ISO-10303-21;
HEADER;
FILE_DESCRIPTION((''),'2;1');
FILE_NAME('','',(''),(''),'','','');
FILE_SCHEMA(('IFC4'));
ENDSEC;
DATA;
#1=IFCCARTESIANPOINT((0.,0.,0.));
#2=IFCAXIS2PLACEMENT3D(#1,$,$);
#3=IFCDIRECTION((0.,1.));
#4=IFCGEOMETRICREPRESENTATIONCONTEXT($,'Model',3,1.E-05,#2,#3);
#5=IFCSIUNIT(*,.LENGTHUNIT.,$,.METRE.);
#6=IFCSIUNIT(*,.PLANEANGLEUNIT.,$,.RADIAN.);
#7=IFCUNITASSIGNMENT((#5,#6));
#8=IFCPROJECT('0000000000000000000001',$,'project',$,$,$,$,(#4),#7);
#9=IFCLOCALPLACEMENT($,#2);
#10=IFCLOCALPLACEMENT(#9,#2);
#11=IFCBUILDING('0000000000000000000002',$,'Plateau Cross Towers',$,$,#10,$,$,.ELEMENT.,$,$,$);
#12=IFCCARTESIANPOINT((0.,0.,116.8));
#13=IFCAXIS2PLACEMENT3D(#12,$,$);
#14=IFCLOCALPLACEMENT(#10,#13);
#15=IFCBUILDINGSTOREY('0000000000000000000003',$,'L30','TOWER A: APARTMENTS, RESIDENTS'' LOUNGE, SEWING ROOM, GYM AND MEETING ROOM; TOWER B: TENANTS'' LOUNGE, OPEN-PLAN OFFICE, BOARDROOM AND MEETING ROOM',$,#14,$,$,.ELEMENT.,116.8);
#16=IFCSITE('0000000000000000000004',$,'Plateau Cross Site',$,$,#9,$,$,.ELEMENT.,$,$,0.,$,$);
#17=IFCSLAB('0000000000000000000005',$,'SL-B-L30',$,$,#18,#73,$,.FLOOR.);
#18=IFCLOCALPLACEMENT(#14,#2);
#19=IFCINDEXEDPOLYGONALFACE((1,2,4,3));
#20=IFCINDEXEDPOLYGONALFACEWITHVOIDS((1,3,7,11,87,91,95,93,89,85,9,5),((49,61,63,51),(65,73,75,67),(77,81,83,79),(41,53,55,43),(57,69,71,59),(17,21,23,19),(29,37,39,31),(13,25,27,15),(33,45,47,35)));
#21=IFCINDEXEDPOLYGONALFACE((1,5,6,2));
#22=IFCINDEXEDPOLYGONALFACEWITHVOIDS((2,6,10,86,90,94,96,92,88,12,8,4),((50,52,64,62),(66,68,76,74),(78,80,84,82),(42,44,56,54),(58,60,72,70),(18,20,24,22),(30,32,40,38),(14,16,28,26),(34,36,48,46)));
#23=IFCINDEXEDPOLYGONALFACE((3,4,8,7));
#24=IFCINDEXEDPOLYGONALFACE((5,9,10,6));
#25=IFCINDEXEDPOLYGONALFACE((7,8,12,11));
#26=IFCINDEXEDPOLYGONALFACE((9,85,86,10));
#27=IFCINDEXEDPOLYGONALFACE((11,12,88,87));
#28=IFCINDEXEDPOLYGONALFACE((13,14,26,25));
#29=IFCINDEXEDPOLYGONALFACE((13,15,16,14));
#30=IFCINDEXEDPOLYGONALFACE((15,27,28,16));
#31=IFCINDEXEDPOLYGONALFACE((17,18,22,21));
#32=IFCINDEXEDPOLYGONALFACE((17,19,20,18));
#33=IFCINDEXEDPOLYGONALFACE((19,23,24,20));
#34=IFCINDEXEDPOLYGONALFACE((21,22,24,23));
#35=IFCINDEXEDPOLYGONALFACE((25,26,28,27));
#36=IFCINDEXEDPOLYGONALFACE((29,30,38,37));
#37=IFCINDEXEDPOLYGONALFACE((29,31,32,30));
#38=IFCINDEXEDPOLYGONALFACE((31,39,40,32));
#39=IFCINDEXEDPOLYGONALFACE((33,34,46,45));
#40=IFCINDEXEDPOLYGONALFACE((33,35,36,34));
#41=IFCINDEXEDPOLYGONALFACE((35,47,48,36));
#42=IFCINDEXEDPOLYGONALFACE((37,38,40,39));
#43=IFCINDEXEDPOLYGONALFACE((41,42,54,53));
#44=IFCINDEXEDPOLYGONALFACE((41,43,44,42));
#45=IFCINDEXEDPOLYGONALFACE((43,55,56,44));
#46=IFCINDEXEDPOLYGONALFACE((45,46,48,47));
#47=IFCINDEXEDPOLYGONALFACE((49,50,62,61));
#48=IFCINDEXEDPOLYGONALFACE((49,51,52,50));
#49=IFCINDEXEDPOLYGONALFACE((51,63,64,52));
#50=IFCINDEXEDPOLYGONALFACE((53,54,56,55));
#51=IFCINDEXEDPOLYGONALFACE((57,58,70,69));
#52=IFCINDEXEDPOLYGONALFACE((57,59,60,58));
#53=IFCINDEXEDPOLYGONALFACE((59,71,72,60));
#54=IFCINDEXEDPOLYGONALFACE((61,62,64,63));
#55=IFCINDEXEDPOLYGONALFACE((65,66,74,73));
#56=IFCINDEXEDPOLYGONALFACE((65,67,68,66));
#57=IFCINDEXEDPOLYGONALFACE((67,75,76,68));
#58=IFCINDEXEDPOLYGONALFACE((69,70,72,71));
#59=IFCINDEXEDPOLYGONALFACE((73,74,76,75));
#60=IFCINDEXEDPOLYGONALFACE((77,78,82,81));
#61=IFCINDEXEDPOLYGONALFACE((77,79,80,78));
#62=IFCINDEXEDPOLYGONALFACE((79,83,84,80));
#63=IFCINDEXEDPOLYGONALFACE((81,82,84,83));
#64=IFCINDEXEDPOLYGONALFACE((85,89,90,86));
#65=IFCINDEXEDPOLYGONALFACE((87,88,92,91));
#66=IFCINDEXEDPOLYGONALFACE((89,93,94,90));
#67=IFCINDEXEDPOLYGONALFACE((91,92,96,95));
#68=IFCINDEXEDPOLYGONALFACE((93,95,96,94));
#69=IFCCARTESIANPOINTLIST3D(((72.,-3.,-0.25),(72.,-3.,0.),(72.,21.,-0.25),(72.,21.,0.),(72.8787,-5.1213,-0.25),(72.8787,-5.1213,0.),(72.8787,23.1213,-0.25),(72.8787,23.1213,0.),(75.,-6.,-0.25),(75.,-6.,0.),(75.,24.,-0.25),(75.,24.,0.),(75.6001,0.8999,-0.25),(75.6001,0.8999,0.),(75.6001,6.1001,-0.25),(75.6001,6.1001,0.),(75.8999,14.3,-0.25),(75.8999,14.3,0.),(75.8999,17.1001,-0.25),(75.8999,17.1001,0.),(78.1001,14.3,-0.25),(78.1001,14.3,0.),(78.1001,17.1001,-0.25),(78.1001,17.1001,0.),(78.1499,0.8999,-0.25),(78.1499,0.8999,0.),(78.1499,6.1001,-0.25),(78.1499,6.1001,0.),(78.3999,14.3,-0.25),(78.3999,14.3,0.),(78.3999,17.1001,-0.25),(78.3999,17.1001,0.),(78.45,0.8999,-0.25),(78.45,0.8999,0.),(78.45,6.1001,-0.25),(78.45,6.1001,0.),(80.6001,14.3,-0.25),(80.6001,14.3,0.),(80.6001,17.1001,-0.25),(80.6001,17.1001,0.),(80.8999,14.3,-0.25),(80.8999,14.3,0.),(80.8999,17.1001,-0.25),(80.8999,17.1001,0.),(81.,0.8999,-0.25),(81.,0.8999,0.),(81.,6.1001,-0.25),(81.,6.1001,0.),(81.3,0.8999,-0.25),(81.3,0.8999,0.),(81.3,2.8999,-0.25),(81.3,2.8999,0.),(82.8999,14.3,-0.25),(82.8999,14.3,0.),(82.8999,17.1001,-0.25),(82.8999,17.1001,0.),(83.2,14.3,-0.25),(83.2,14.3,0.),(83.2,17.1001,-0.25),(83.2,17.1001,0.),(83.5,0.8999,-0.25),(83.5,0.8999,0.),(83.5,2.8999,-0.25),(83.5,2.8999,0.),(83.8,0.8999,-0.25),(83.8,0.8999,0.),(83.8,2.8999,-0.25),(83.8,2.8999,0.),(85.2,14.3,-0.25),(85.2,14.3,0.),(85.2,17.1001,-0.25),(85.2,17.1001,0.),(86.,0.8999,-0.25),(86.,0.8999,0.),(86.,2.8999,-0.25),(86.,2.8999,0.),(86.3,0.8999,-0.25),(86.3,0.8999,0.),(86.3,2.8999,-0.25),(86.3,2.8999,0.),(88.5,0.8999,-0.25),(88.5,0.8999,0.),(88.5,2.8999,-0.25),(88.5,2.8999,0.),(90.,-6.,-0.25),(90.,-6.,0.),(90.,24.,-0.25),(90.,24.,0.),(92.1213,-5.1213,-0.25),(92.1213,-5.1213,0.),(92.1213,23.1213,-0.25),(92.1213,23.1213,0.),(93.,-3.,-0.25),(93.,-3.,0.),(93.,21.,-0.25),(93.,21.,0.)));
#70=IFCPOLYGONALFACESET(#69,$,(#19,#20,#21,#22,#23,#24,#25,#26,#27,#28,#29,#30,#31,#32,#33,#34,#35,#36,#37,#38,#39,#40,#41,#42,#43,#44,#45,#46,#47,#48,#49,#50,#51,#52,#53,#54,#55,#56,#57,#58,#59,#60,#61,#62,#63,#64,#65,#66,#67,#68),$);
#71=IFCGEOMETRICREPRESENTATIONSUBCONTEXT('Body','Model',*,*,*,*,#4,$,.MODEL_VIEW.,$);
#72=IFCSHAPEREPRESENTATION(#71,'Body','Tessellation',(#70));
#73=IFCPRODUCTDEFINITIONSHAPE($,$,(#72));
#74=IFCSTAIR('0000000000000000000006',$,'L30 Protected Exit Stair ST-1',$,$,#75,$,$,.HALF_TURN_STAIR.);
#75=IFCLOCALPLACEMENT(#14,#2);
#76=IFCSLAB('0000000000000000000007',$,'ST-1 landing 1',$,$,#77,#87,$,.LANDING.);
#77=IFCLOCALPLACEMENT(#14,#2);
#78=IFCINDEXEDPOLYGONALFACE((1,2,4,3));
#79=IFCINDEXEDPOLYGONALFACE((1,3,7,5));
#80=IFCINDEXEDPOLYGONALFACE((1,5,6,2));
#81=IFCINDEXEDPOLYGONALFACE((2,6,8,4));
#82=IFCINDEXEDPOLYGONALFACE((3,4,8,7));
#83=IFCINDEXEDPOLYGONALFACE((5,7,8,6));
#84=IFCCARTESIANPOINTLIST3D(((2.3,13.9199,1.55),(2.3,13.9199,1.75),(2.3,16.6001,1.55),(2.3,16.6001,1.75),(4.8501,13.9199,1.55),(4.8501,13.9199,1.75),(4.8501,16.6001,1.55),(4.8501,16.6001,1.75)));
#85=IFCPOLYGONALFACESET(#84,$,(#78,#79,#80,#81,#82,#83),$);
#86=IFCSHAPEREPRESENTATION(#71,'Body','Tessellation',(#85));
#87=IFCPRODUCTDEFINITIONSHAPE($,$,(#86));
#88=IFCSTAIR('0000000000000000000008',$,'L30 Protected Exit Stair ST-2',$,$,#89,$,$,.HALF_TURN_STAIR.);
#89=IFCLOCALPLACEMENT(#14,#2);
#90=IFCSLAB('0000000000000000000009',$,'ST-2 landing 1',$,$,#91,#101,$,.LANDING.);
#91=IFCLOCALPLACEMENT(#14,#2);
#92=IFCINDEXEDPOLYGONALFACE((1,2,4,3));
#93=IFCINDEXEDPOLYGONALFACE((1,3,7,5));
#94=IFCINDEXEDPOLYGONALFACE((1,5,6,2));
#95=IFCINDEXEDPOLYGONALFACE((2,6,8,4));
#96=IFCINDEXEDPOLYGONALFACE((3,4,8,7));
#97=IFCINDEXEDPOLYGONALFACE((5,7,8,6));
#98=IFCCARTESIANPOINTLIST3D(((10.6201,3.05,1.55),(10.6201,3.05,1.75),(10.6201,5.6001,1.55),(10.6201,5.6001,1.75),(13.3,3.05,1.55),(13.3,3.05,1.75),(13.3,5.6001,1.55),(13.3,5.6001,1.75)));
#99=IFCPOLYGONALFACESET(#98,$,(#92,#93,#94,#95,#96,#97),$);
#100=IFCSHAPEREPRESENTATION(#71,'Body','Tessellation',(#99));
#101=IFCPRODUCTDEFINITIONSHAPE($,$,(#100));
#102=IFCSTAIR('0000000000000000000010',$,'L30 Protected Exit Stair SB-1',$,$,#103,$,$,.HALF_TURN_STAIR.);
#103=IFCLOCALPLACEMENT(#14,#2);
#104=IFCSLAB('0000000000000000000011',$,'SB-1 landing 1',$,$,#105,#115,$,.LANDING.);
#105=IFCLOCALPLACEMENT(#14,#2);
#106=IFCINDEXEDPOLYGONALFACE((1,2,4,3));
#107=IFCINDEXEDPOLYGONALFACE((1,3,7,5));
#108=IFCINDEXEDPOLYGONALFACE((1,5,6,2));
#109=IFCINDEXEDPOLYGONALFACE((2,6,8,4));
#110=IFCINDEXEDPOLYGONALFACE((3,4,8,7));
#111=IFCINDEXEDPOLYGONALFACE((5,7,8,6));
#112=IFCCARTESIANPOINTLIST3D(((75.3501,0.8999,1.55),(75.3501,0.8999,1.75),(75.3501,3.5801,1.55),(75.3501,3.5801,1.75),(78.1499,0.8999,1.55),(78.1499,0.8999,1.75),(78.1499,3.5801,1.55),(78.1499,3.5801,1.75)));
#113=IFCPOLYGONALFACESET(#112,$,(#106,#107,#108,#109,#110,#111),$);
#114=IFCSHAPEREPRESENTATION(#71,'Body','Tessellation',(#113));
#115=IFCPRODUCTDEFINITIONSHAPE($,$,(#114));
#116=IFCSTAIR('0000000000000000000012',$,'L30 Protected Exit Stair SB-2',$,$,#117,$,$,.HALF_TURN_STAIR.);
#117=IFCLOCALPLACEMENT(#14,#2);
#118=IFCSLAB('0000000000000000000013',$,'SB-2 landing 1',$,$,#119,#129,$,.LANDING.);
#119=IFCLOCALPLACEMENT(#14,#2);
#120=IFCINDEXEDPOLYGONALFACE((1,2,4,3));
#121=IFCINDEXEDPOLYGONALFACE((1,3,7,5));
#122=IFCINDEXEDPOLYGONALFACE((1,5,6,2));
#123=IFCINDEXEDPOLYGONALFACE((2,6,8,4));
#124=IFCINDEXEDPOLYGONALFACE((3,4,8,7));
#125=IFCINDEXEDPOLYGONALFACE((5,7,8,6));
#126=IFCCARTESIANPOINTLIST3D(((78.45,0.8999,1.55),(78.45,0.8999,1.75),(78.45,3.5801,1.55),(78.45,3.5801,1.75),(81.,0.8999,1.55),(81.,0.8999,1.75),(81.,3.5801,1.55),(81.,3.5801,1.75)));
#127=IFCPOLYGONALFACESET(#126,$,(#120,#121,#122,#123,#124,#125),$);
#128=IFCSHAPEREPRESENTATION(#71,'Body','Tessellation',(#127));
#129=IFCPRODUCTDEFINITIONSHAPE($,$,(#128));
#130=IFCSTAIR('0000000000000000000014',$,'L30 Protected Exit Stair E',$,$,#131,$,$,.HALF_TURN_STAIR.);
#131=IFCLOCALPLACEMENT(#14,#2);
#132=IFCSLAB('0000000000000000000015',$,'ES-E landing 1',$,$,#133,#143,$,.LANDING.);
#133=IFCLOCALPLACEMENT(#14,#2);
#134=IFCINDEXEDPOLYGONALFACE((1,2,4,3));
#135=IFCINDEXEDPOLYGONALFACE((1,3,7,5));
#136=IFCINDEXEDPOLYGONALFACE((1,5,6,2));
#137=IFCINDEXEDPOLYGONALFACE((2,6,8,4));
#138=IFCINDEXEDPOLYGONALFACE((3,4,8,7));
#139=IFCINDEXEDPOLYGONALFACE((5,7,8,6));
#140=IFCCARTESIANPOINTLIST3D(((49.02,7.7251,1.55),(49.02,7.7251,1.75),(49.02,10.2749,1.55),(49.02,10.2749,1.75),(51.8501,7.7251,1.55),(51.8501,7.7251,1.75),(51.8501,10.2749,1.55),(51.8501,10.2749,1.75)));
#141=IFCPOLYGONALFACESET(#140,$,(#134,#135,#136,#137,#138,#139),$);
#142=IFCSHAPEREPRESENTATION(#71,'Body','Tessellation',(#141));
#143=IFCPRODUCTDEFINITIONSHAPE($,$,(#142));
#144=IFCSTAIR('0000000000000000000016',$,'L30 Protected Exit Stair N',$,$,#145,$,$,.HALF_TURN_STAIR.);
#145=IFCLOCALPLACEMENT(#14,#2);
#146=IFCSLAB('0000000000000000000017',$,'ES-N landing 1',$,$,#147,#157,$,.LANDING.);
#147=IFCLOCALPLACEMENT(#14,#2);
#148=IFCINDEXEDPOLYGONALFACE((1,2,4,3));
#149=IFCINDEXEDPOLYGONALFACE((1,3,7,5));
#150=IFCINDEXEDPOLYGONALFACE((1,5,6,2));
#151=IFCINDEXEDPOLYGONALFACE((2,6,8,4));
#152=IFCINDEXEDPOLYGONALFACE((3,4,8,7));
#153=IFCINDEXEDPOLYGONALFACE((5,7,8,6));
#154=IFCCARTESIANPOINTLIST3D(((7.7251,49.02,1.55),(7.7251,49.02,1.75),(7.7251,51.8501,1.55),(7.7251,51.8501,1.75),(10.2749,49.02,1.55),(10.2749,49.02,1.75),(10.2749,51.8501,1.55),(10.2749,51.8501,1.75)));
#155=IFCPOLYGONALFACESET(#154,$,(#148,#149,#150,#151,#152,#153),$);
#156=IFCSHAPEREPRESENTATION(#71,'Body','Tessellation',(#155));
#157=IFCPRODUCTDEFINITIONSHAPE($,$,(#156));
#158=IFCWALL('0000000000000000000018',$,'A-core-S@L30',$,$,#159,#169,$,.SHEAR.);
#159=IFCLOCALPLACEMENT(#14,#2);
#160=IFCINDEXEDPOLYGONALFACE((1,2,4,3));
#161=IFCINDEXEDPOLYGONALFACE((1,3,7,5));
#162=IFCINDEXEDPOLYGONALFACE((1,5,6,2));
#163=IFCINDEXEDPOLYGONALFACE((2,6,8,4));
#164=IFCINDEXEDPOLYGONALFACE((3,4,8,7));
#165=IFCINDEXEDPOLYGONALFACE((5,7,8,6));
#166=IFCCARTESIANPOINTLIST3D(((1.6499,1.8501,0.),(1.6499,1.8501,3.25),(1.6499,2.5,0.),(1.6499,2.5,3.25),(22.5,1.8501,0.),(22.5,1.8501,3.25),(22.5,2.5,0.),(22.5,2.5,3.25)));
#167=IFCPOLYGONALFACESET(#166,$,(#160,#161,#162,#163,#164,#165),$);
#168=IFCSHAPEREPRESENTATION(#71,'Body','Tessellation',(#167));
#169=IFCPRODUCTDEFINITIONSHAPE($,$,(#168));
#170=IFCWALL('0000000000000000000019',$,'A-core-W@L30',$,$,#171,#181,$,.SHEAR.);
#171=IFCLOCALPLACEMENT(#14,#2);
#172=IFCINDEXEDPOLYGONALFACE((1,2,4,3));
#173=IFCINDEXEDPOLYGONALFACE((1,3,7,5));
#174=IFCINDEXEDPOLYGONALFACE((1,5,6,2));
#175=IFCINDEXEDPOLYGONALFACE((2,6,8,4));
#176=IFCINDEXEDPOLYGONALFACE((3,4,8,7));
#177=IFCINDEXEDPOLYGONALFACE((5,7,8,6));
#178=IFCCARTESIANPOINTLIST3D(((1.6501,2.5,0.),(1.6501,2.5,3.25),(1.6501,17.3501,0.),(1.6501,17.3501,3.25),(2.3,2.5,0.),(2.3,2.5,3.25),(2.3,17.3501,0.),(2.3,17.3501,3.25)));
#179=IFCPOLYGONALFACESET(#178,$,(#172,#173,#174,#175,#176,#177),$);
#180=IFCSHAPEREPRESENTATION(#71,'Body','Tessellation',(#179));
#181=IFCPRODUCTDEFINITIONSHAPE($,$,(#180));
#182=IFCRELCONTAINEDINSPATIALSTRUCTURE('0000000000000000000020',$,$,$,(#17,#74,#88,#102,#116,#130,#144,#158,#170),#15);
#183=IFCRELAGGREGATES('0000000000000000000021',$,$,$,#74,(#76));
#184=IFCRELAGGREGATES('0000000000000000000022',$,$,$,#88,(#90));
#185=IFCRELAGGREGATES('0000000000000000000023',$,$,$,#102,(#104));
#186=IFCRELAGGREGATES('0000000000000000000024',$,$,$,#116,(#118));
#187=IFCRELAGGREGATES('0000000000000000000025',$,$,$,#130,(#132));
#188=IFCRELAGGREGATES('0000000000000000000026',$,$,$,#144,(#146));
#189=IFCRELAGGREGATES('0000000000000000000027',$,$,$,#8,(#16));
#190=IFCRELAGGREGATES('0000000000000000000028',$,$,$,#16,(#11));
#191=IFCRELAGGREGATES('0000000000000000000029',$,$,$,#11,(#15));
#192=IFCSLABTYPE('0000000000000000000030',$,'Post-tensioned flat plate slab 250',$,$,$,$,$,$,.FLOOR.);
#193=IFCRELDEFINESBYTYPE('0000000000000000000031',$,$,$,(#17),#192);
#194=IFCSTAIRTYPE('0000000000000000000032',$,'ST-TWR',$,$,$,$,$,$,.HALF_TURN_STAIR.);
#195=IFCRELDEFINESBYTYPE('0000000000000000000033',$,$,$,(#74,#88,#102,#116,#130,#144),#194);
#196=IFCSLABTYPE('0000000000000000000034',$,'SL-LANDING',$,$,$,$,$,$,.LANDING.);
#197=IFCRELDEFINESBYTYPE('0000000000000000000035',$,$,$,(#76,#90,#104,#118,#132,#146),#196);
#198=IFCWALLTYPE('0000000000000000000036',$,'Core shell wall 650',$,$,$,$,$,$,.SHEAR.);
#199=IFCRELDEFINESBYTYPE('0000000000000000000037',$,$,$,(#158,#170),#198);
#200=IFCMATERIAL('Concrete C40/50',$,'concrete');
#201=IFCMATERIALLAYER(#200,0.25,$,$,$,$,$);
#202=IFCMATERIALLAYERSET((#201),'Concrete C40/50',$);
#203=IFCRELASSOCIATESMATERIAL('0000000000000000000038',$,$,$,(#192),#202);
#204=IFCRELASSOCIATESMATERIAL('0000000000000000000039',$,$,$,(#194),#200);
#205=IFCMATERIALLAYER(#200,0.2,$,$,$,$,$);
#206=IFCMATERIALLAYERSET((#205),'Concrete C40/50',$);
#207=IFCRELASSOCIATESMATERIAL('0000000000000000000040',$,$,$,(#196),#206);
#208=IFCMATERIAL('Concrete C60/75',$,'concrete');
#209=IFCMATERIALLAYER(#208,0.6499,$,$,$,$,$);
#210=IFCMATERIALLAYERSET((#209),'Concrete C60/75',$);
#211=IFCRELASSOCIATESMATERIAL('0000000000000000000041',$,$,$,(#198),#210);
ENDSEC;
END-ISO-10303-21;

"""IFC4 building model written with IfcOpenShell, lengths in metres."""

from ifc_helpers import new_model, si_unit, direction, frame, frame_2d, origin, place, context, subcontext, project, spatial, polyline, rectangle, outline, extrude, material, layer, layer_set, type_object, element, aggregate, save


model = new_model("IFC4")

# Units and contexts
model_context = context("Model", 3, precision=1e-05, world=origin(), true_north=direction((0.0, 1.0)))
body_context = subcontext(model_context, "Body", "Model", "MODEL_VIEW")
ifc_project = project(units=[si_unit("LENGTHUNIT", "METRE"), si_unit("PLANEANGLEUNIT", "RADIAN")], contexts=[model_context])

# Site, building, storey
site_placement = place(None, origin())
site = spatial("IfcSite", under=ifc_project, at=site_placement, Name="Plateau Cross Site", CompositionType="ELEMENT", RefElevation=0.0)
building_placement = place(site_placement, origin())
building = spatial("IfcBuilding", under=site, at=building_placement, Name="Plateau Cross Towers", CompositionType="ELEMENT")
storey_placement = place(building_placement, frame((0.0, 0.0, 116.8)))
storey = spatial("IfcBuildingStorey", under=building, at=storey_placement, Name="L30", Description="TOWER A: APARTMENTS, RESIDENTS' LOUNGE, SEWING ROOM, GYM AND MEETING ROOM; TOWER B: TENANTS' LOUNGE, OPEN-PLAN OFFICE, BOARDROOM AND MEETING ROOM", CompositionType="ELEMENT", Elevation=116.8)

# Shared definitions
ifc_material_1 = material(Name="Concrete C60/75", Category="concrete")

# Shared definitions
ifc_material_2 = material(Name="Concrete C40/50", Category="concrete")

# Slab
ifc_layer_1 = layer(ifc_material_2, 0.25)
ifc_layer_set_1 = layer_set([ifc_layer_1], Name="Concrete C40/50")
slab_type_1 = type_object("IfcSlabType", Name="Post-tensioned flat plate slab 250", PredefinedType="FLOOR", material=ifc_layer_set_1)
slab_1_placement = place(storey_placement, frame((0.0, 0.0, -0.25)))
element("IfcSlab", 1, at=slab_1_placement, inside=storey, type_object=slab_type_1, Name="SL-B-L30", PredefinedType="FLOOR", context=body_context, shape_type="SweptSolid", body=[
    extrude(outline(polyline([(72.8787, -5.1213), (72.0, -3.0), (72.0, 21.0), (72.8787, 23.1213), (75.0, 24.0), (90.0, 24.0), (92.1213, 23.1213), (93.0, 21.0), (93.0, -3.0), (92.1213, -5.1213), (90.0, -6.0), (75.0, -6.0), (72.8787, -5.1213)]), holes=[polyline([(75.6001, 0.8999), (78.1499, 0.8999), (78.1499, 6.1001), (75.6001, 6.1001), (75.6001, 0.8999)]), polyline([(78.1001, 14.3), (78.1001, 17.1001), (75.8999, 17.1001), (75.8999, 14.3), (78.1001, 14.3)]), polyline([(83.5, 0.8999), (83.5, 2.8999), (81.3, 2.8999), (81.3, 0.8999), (83.5, 0.8999)]), polyline([(86.0, 0.8999), (86.0, 2.8999), (83.8, 2.8999), (83.8, 0.8999), (86.0, 0.8999)]), polyline([(88.5, 0.8999), (88.5, 2.8999), (86.3, 2.8999), (86.3, 0.8999), (88.5, 0.8999)]), polyline([(78.45, 0.8999), (81.0, 0.8999), (81.0, 6.1001), (78.45, 6.1001), (78.45, 0.8999)]), polyline([(80.6001, 14.3), (80.6001, 17.1001), (78.3999, 17.1001), (78.3999, 14.3), (80.6001, 14.3)]), polyline([(80.8999, 14.3), (82.8999, 14.3), (82.8999, 17.1001), (80.8999, 17.1001), (80.8999, 14.3)]), polyline([(83.2, 14.3), (85.2, 14.3), (85.2, 17.1001), (83.2, 17.1001), (83.2, 14.3)])]), origin(), (0.0, 0.0, 1.0), 0.25),
])

# Stairs, slabs
stair_type = type_object("IfcStairType", Name="ST-TWR", PredefinedType="HALF_TURN_STAIR", material=ifc_material_2)
stair_1_placement = place(storey_placement, origin())
stair_1 = element("IfcStair", 2, at=stair_1_placement, inside=storey, type_object=stair_type, Name="L30 Protected Exit Stair ST-1", PredefinedType="HALF_TURN_STAIR")
ifc_layer_2 = layer(ifc_material_2, 0.2)
ifc_layer_set_2 = layer_set([ifc_layer_2], Name="Concrete C40/50")
slab_type_2 = type_object("IfcSlabType", Name="SL-LANDING", PredefinedType="LANDING", material=ifc_layer_set_2)
slab_2_placement = place(storey_placement, frame((0.0, 0.0, 1.55)))
slab_2 = element("IfcSlab", 3, at=slab_2_placement, type_object=slab_type_2, Name="ST-1 landing 1", PredefinedType="LANDING", context=body_context, shape_type="SweptSolid", body=[
    extrude(outline(polyline([(4.8501, 13.9199), (4.8501, 16.6001), (2.3, 16.6001), (2.3, 13.9199), (4.8501, 13.9199)])), origin(), (0.0, 0.0, 1.0), 0.2),
])
aggregate(stair_1, [slab_2])
stair_2_placement = place(storey_placement, origin())
stair_2 = element("IfcStair", 4, at=stair_2_placement, inside=storey, type_object=stair_type, Name="L30 Protected Exit Stair ST-2", PredefinedType="HALF_TURN_STAIR")
slab_3_placement = place(storey_placement, frame((0.0, 0.0, 1.55)))
slab_3 = element("IfcSlab", 5, at=slab_3_placement, type_object=slab_type_2, Name="ST-2 landing 1", PredefinedType="LANDING", context=body_context, shape_type="SweptSolid", body=[
    extrude(outline(polyline([(10.6201, 3.05), (13.3, 3.05), (13.3, 5.6001), (10.6201, 5.6001), (10.6201, 3.05)])), origin(), (0.0, 0.0, 1.0), 0.2),
])
aggregate(stair_2, [slab_3])
stair_3_placement = place(storey_placement, origin())
stair_3 = element("IfcStair", 6, at=stair_3_placement, inside=storey, type_object=stair_type, Name="L30 Protected Exit Stair SB-1", PredefinedType="HALF_TURN_STAIR")
slab_4_placement = place(storey_placement, frame((0.0, 0.0, 1.55)))
slab_4 = element("IfcSlab", 7, at=slab_4_placement, type_object=slab_type_2, Name="SB-1 landing 1", PredefinedType="LANDING", context=body_context, shape_type="SweptSolid", body=[
    extrude(outline(polyline([(75.3501, 3.5801), (75.3501, 0.8999), (78.1499, 0.8999), (78.1499, 3.5801), (75.3501, 3.5801)])), origin(), (0.0, 0.0, 1.0), 0.2),
])
aggregate(stair_3, [slab_4])
stair_4_placement = place(storey_placement, origin())
stair_4 = element("IfcStair", 8, at=stair_4_placement, inside=storey, type_object=stair_type, Name="L30 Protected Exit Stair SB-2", PredefinedType="HALF_TURN_STAIR")
slab_5_placement = place(storey_placement, frame((0.0, 0.0, 1.55)))
slab_5 = element("IfcSlab", 9, at=slab_5_placement, type_object=slab_type_2, Name="SB-2 landing 1", PredefinedType="LANDING", context=body_context, shape_type="SweptSolid", body=[
    extrude(outline(polyline([(78.45, 3.5801), (78.45, 0.8999), (81.0, 0.8999), (81.0, 3.5801), (78.45, 3.5801)])), origin(), (0.0, 0.0, 1.0), 0.2),
])
aggregate(stair_4, [slab_5])
stair_5_placement = place(storey_placement, origin())
stair_5 = element("IfcStair", 10, at=stair_5_placement, inside=storey, type_object=stair_type, Name="L30 Protected Exit Stair E", PredefinedType="HALF_TURN_STAIR")
slab_6_placement = place(storey_placement, frame((0.0, 0.0, 1.55)))
slab_6 = element("IfcSlab", 11, at=slab_6_placement, type_object=slab_type_2, Name="ES-E landing 1", PredefinedType="LANDING", context=body_context, shape_type="SweptSolid", body=[
    extrude(outline(polyline([(49.02, 7.7251), (51.8501, 7.7251), (51.8501, 10.2749), (49.02, 10.2749), (49.02, 7.7251)])), origin(), (0.0, 0.0, 1.0), 0.2),
])
aggregate(stair_5, [slab_6])
stair_6_placement = place(storey_placement, origin())
stair_6 = element("IfcStair", 12, at=stair_6_placement, inside=storey, type_object=stair_type, Name="L30 Protected Exit Stair N", PredefinedType="HALF_TURN_STAIR")
slab_7_placement = place(storey_placement, frame((0.0, 0.0, 1.55)))
slab_7 = element("IfcSlab", 13, at=slab_7_placement, type_object=slab_type_2, Name="ES-N landing 1", PredefinedType="LANDING", context=body_context, shape_type="SweptSolid", body=[
    extrude(outline(polyline([(10.2749, 49.02), (10.2749, 51.8501), (7.7251, 51.8501), (7.7251, 49.02), (10.2749, 49.02)])), origin(), (0.0, 0.0, 1.0), 0.2),
])
aggregate(stair_6, [slab_7])

# Walls
ifc_layer_3 = layer(ifc_material_1, 0.6499)
ifc_layer_set_3 = layer_set([ifc_layer_3], Name="Concrete C60/75")
wall_type = type_object("IfcWallType", Name="Core shell wall 650", PredefinedType="SHEAR", material=ifc_layer_set_3)
wall_1_placement = place(storey_placement, frame((1.6499, 2.175, 0.0), z_axis=(0.0, 0.0, 1.0), x_axis=(1.0, 0.0, 0.0)))
element("IfcWall", 14, at=wall_1_placement, inside=storey, type_object=wall_type, Name="A-core-S@L30", PredefinedType="SHEAR", context=body_context, shape_type="SweptSolid", body=[
    extrude(rectangle(XDim=20.8501, YDim=0.6499, at=frame_2d((10.425, 0.0))), origin(), (0.0, 0.0, 1.0), 3.25),
])
wall_2_placement = place(storey_placement, frame((1.9751, 2.5, 0.0), z_axis=(0.0, 0.0, 1.0), x_axis=(0.0, 1.0, 0.0)))
element("IfcWall", 15, at=wall_2_placement, inside=storey, type_object=wall_type, Name="A-core-W@L30", PredefinedType="SHEAR", context=body_context, shape_type="SweptSolid", body=[
    extrude(rectangle(XDim=14.8501, YDim=0.6499, at=frame_2d((7.425, 0.0))), origin(), (0.0, 0.0, 1.0), 3.25),
])

save(model, "model.ifc")
